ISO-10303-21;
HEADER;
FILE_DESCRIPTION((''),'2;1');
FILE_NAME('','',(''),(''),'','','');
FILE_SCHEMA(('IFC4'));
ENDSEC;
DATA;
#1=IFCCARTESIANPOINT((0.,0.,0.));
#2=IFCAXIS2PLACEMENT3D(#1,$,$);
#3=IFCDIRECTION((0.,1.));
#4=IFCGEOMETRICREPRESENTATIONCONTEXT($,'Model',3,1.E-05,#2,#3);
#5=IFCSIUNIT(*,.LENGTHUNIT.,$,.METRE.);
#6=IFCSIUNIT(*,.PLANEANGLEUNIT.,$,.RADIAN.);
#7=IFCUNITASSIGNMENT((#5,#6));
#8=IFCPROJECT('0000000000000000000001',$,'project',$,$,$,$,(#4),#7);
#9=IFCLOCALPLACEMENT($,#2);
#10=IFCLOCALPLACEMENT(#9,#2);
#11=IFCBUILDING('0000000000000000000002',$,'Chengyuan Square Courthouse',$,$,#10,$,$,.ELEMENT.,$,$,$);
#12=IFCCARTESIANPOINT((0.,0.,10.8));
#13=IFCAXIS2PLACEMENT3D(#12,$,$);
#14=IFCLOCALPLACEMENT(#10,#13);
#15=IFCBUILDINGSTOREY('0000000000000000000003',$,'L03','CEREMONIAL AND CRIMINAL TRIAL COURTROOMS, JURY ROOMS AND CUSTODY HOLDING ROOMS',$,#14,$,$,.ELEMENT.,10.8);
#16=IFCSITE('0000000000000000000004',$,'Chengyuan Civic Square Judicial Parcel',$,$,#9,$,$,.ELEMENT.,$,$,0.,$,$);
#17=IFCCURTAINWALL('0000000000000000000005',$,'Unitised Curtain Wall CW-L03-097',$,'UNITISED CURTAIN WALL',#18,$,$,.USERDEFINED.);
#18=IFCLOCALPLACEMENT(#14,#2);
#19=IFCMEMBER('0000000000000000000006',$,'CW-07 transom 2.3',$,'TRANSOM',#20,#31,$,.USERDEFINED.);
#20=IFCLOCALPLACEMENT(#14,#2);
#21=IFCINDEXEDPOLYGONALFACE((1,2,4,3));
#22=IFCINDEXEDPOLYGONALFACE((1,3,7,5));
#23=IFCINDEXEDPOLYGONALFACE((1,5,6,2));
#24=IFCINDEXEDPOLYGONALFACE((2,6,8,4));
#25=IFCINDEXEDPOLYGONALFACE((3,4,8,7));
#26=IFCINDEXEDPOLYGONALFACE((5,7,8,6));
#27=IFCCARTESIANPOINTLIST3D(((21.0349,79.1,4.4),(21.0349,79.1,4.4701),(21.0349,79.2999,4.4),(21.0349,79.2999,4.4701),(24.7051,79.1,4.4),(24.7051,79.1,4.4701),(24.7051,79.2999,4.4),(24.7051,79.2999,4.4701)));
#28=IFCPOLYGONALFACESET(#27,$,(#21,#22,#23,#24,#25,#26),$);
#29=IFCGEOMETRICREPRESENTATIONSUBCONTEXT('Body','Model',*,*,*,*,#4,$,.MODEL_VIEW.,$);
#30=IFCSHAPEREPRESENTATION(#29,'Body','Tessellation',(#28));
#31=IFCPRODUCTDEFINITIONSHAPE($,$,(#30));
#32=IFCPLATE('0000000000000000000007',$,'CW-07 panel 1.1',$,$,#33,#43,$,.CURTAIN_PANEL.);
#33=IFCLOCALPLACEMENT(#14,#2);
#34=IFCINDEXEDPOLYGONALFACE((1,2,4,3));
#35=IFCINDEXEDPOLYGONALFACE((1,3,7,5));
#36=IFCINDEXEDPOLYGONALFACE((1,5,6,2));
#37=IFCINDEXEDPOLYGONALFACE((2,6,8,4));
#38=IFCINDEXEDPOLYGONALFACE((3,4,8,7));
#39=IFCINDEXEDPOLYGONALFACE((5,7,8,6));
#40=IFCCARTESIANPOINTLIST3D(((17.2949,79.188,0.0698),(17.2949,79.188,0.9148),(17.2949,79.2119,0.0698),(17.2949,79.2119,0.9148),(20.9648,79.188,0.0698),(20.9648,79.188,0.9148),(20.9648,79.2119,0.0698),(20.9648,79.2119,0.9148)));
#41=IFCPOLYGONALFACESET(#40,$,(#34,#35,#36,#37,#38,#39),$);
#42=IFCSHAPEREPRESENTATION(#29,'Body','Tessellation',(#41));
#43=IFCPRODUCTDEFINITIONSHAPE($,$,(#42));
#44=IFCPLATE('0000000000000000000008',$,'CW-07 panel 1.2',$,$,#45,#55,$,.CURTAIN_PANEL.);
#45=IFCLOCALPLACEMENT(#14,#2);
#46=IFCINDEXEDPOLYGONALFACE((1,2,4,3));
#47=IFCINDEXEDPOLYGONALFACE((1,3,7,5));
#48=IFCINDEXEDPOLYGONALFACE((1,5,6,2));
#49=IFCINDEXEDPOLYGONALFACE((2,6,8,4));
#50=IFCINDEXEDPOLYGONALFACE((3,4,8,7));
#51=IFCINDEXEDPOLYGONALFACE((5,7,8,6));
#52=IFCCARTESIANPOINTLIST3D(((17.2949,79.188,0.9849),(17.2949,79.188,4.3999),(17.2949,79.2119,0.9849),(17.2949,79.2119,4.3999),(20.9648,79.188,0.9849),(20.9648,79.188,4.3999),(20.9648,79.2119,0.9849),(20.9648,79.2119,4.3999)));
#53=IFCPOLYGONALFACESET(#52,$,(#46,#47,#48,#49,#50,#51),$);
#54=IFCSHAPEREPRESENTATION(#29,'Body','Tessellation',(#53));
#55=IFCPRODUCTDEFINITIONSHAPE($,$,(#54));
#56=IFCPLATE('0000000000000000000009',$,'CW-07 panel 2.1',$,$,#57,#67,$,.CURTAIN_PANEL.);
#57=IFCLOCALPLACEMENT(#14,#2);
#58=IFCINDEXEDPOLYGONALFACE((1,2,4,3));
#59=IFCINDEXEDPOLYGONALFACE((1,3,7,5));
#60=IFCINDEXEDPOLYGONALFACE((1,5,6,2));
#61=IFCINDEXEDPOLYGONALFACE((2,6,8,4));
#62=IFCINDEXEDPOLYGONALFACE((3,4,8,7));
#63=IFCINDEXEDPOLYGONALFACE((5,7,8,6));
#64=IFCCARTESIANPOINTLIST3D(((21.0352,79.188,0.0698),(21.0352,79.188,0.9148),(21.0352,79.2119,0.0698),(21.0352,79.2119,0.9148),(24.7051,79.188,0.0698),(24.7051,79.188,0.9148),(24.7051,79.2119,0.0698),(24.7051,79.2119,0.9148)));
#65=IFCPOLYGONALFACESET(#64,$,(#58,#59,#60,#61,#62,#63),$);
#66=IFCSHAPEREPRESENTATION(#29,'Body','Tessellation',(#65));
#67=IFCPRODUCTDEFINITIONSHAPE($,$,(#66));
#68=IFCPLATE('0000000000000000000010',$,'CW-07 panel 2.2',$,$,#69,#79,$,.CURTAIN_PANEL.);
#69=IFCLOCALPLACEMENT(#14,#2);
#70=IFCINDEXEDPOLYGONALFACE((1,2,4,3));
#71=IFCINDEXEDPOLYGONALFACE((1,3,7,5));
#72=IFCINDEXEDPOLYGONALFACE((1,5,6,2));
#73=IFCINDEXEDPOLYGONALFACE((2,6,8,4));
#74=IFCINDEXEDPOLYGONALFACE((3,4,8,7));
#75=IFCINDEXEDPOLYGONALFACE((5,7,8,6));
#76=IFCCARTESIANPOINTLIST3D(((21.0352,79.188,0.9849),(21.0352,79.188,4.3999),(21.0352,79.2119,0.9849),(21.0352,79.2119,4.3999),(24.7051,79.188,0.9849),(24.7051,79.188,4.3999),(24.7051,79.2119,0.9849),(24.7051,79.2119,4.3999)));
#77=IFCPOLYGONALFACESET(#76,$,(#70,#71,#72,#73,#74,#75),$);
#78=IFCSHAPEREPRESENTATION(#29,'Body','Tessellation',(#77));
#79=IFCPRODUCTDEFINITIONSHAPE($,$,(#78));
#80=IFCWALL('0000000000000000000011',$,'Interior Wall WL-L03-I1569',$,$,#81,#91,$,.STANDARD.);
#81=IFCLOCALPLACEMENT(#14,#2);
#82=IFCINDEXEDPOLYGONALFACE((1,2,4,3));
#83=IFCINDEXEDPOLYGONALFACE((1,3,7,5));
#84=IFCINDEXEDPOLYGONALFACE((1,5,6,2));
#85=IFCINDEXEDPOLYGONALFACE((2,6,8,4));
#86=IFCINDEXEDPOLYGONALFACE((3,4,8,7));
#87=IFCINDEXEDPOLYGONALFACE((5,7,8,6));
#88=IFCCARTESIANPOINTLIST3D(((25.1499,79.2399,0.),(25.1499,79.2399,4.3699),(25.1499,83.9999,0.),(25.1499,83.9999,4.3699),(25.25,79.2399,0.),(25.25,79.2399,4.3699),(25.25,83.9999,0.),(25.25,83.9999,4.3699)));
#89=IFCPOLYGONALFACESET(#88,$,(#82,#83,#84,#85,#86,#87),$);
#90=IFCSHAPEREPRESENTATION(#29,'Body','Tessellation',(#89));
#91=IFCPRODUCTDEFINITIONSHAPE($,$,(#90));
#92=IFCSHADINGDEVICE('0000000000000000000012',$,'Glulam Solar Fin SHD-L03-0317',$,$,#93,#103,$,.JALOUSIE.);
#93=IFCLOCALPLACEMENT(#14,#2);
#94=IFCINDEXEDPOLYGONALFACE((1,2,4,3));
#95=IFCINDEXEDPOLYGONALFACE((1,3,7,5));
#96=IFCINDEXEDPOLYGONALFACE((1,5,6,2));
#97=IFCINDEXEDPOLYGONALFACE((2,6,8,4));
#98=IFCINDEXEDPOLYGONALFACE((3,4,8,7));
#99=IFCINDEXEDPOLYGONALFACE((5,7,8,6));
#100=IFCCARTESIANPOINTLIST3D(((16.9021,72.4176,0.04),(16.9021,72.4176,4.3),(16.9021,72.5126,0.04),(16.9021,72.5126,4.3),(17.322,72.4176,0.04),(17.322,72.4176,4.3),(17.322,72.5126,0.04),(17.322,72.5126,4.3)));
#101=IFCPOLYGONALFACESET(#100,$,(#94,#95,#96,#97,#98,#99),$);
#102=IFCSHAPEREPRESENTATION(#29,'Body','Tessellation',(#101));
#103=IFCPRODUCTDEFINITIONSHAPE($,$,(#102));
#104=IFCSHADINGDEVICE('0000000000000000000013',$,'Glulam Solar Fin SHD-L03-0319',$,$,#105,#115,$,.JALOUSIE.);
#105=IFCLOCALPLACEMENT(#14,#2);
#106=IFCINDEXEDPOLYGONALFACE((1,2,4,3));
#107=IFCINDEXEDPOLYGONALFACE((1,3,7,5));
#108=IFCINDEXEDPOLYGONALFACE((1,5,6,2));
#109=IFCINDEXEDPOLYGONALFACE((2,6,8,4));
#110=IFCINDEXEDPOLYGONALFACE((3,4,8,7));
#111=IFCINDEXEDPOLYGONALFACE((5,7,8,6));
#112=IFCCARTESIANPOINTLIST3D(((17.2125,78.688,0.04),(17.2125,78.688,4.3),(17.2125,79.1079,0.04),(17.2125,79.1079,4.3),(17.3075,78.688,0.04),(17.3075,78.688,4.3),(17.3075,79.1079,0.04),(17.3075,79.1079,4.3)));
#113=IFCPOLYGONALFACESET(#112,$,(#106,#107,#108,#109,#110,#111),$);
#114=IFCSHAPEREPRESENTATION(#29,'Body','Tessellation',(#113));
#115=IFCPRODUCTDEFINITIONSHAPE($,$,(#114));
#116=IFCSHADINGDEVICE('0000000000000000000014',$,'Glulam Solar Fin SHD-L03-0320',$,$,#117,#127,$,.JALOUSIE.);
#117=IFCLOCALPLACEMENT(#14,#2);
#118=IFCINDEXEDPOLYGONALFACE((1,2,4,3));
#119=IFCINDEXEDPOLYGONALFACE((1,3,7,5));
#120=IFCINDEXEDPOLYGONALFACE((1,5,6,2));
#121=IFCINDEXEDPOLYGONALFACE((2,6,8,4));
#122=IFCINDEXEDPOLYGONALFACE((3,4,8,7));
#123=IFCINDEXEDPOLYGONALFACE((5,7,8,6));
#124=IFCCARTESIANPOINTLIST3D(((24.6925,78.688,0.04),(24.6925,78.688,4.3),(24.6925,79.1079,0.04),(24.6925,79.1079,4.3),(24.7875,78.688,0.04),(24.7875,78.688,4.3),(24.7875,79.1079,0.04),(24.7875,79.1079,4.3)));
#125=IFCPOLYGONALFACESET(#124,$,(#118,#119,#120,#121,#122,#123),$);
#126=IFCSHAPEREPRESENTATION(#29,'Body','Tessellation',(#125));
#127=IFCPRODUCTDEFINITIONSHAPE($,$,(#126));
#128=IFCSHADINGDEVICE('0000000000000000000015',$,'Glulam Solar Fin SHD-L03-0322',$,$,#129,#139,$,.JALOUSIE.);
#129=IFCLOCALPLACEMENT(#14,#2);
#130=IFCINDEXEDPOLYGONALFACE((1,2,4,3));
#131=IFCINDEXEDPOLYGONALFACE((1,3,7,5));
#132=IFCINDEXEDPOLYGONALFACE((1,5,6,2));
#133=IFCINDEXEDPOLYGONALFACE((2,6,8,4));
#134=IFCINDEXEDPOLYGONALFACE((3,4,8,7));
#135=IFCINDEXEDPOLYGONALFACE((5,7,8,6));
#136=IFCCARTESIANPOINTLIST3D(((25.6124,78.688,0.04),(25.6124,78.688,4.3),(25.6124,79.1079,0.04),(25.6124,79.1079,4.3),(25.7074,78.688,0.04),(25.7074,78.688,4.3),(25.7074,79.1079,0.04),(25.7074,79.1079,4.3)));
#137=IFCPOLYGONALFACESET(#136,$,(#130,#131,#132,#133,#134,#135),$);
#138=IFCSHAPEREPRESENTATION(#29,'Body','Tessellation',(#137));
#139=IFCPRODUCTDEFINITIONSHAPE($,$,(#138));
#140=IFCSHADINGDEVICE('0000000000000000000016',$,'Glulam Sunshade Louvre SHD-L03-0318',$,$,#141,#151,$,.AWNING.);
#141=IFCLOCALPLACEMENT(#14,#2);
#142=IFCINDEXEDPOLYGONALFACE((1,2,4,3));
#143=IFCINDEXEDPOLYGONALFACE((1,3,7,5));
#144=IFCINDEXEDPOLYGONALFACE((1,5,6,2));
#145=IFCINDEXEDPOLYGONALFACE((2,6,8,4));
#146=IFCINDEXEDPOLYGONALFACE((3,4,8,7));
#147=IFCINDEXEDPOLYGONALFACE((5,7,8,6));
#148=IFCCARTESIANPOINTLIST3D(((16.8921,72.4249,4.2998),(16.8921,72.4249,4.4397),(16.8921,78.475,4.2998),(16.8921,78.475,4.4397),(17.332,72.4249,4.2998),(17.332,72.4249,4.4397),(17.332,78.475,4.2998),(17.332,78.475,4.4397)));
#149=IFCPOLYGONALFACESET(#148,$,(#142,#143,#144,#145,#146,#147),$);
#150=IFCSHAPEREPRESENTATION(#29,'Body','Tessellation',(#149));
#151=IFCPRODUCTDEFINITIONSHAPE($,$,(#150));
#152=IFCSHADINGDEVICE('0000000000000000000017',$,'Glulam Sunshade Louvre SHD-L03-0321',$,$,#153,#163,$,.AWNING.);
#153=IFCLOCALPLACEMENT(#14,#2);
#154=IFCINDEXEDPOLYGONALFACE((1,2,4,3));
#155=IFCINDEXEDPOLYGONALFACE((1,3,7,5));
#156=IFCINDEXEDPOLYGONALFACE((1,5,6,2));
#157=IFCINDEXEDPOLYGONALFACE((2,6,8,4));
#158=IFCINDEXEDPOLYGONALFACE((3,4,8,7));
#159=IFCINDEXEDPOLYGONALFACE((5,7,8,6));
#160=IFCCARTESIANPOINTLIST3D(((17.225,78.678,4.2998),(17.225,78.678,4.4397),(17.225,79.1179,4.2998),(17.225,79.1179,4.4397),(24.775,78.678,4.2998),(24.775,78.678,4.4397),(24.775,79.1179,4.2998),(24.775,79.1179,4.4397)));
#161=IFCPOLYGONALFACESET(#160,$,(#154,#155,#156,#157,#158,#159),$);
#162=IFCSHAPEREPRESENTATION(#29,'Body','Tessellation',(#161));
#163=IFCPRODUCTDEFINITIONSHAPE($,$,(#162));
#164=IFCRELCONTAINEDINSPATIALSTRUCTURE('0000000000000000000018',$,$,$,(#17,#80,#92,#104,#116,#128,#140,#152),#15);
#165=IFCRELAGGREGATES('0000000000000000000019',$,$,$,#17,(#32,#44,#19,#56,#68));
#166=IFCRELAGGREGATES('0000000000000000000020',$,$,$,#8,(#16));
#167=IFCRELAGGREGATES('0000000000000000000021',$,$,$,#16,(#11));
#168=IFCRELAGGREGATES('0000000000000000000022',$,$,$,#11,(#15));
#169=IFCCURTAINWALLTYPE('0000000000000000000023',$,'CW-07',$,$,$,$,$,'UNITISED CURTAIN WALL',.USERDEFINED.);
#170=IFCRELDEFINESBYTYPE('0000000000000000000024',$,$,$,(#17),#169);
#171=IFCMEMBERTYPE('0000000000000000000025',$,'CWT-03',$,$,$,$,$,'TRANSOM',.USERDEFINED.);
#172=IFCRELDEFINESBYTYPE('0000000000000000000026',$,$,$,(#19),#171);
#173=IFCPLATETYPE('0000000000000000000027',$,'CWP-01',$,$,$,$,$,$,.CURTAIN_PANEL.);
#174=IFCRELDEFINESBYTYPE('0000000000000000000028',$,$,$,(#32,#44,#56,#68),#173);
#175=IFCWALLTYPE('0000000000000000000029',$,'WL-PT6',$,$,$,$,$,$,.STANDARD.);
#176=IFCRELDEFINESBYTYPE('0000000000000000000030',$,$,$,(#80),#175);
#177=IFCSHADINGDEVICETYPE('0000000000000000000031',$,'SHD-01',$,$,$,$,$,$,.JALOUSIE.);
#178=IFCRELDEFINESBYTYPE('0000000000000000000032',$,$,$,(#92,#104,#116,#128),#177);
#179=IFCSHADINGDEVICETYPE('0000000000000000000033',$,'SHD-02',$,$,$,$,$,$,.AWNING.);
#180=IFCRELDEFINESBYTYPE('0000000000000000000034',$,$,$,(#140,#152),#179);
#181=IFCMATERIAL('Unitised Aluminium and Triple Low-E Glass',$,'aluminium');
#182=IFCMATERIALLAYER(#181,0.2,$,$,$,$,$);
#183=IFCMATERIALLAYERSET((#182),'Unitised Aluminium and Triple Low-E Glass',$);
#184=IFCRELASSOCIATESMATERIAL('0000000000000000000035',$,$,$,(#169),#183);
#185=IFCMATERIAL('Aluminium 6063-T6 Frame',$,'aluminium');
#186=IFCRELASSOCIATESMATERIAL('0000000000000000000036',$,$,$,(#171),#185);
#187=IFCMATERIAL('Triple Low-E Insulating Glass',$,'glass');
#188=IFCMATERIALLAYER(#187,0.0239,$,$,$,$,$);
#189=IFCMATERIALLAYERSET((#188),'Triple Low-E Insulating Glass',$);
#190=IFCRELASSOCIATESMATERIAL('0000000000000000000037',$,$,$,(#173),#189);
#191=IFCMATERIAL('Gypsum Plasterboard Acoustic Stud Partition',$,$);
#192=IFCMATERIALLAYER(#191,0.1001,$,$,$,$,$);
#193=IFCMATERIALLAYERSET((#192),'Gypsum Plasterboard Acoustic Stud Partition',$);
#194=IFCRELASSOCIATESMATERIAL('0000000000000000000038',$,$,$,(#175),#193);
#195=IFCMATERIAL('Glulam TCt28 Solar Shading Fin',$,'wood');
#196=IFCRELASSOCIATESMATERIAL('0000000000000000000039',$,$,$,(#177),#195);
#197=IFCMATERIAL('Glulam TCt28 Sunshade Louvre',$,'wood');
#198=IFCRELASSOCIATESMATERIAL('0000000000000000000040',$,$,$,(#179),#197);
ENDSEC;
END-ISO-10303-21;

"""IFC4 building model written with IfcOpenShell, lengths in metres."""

from ifc_helpers import new_model, si_unit, direction, frame, frame_2d, origin, origin_2d, place, context, subcontext, project, spatial, rectangle, extrude, material, layer, layer_set, material_profile, profile_set, type_object, element, aggregate, save


model = new_model("IFC4")

# Units and contexts
model_context = context("Model", 3, precision=1e-05, world=origin(), true_north=direction((0.0, 1.0)))
body_context = subcontext(model_context, "Body", "Model", "MODEL_VIEW")
ifc_project = project(units=[si_unit("LENGTHUNIT", "METRE"), si_unit("PLANEANGLEUNIT", "RADIAN")], contexts=[model_context])

# Site, building, storey
site_placement = place(None, origin())
site = spatial("IfcSite", under=ifc_project, at=site_placement, Name="Chengyuan Civic Square Judicial Parcel", CompositionType="ELEMENT", RefElevation=0.0)
building_placement = place(site_placement, origin())
building = spatial("IfcBuilding", under=site, at=building_placement, Name="Chengyuan Square Courthouse", CompositionType="ELEMENT")
storey_placement = place(building_placement, frame((0.0, 0.0, 10.8)))
storey = spatial("IfcBuildingStorey", under=building, at=storey_placement, Name="L03", Description="CEREMONIAL AND CRIMINAL TRIAL COURTROOMS, JURY ROOMS AND CUSTODY HOLDING ROOMS", CompositionType="ELEMENT", Elevation=10.8)

# Curtain wall
ifc_material_1 = material(Name="Unitised Aluminium and Triple Low-E Glass", Category="aluminium")
ifc_layer_1 = layer(ifc_material_1, 0.2)
ifc_layer_set_1 = layer_set([ifc_layer_1], Name="Unitised Aluminium and Triple Low-E Glass")
curtain_wall_type = type_object("IfcCurtainWallType", Name="CW-07", ElementType="UNITISED CURTAIN WALL", PredefinedType="USERDEFINED", material=ifc_layer_set_1)
curtain_wall_1_placement = place(storey_placement, origin())
curtain_wall_1 = element("IfcCurtainWall", 1, at=curtain_wall_1_placement, inside=storey, type_object=curtain_wall_type, Name="Unitised Curtain Wall CW-L03-097", ObjectType="UNITISED CURTAIN WALL", PredefinedType="USERDEFINED")
ifc_material_2 = material(Name="Aluminium 6063-T6 Frame", Category="aluminium")

# Member
ifc_material_profile_1 = material_profile(ifc_material_2, rectangle(XDim=0.2, YDim=0.0701, at=origin_2d()), Name="CW-TRN-70x160")
ifc_profile_set_1 = profile_set([ifc_material_profile_1], Name="Aluminium 6063-T6 Frame")
member_type_1 = type_object("IfcMemberType", Name="CWT-03", ElementType="TRANSOM", PredefinedType="USERDEFINED", material=ifc_profile_set_1)
member_1_placement = place(storey_placement, frame((21.0349, 79.2, 4.4351), z_axis=(1.0, 0.0, 0.0), x_axis=(0.0, 1.0, 0.0)))
member_1 = element("IfcMember", 2, at=member_1_placement, type_object=member_type_1, Name="CW-07 transom 2.3", ObjectType="TRANSOM", PredefinedType="USERDEFINED", context=body_context, shape_type="SweptSolid", body=[
    extrude(rectangle(XDim=0.2, YDim=0.0701, at=origin_2d()), origin(), (0.0, 0.0, 1.0), 3.6702),
])

# Plates
ifc_material_3 = material(Name="Triple Low-E Insulating Glass", Category="glass")
ifc_layer_2 = layer(ifc_material_3, 0.0239)
ifc_layer_set_2 = layer_set([ifc_layer_2], Name="Triple Low-E Insulating Glass")
plate_type = type_object("IfcPlateType", Name="CWP-01", PredefinedType="CURTAIN_PANEL", material=ifc_layer_set_2)
plate_1_placement = place(storey_placement, frame((19.1299, 79.2, 0.0698), z_axis=(0.0, 0.0, 1.0), x_axis=(1.0, 0.0, 0.0)))
plate_1 = element("IfcPlate", 3, at=plate_1_placement, type_object=plate_type, Name="CW-07 panel 1.1", PredefinedType="CURTAIN_PANEL", context=body_context, shape_type="SweptSolid", body=[
    extrude(rectangle(XDim=3.6699, YDim=0.0239, at=origin_2d()), origin(), (0.0, 0.0, 1.0), 0.845),
])
plate_2_placement = place(storey_placement, frame((19.1299, 79.2, 0.9849), z_axis=(0.0, 0.0, 1.0), x_axis=(1.0, 0.0, 0.0)))
plate_2 = element("IfcPlate", 4, at=plate_2_placement, type_object=plate_type, Name="CW-07 panel 1.2", PredefinedType="CURTAIN_PANEL", context=body_context, shape_type="SweptSolid", body=[
    extrude(rectangle(XDim=3.6699, YDim=0.0239, at=origin_2d()), origin(), (0.0, 0.0, 1.0), 3.415),
])
plate_3_placement = place(storey_placement, frame((22.8701, 79.2, 0.0698), z_axis=(0.0, 0.0, 1.0), x_axis=(1.0, 0.0, 0.0)))
plate_3 = element("IfcPlate", 5, at=plate_3_placement, type_object=plate_type, Name="CW-07 panel 2.1", PredefinedType="CURTAIN_PANEL", context=body_context, shape_type="SweptSolid", body=[
    extrude(rectangle(XDim=3.6699, YDim=0.0239, at=origin_2d()), origin(), (0.0, 0.0, 1.0), 0.845),
])
plate_4_placement = place(storey_placement, frame((22.8701, 79.2, 0.9849), z_axis=(0.0, 0.0, 1.0), x_axis=(1.0, 0.0, 0.0)))
plate_4 = element("IfcPlate", 6, at=plate_4_placement, type_object=plate_type, Name="CW-07 panel 2.2", PredefinedType="CURTAIN_PANEL", context=body_context, shape_type="SweptSolid", body=[
    extrude(rectangle(XDim=3.6699, YDim=0.0239, at=origin_2d()), origin(), (0.0, 0.0, 1.0), 3.415),
])
aggregate(curtain_wall_1, [plate_1, plate_2, member_1, plate_3, plate_4])

# Wall
ifc_material_4 = material(Name="Gypsum Plasterboard Acoustic Stud Partition")
ifc_layer_3 = layer(ifc_material_4, 0.1001)
ifc_layer_set_3 = layer_set([ifc_layer_3], Name="Gypsum Plasterboard Acoustic Stud Partition")
wall_type = type_object("IfcWallType", Name="WL-PT6", PredefinedType="STANDARD", material=ifc_layer_set_3)
wall_placement = place(storey_placement, frame((25.2, 79.24, 0.0), z_axis=(0.0, 0.0, 1.0), x_axis=(0.0, 1.0, 0.0)))
element("IfcWall", 7, at=wall_placement, inside=storey, type_object=wall_type, Name="Interior Wall WL-L03-I1569", PredefinedType="STANDARD", context=body_context, shape_type="SweptSolid", body=[
    extrude(rectangle(XDim=4.76, YDim=0.1001, at=frame_2d((2.3799, 0.0))), origin(), (0.0, 0.0, 1.0), 4.3699),
])

# Shading devices
ifc_material_5 = material(Name="Glulam TCt28 Solar Shading Fin", Category="wood")
shading_device_type_1 = type_object("IfcShadingDeviceType", Name="SHD-01", PredefinedType="JALOUSIE", material=ifc_material_5)
for number, where, z_axis, x_axis, name in (
    (8, (17.1121, 72.4651, 0.04), (0.0, 0.0, 1.0), (1.0, 0.0, 0.0), "Glulam Solar Fin SHD-L03-0317"),
    (9, (17.26, 78.8979, 0.04), (0.0, 0.0, 1.0), (0.0, 1.0, 0.0), "Glulam Solar Fin SHD-L03-0319"),
    (10, (24.74, 78.8979, 0.04), (0.0, 0.0, 1.0), (0.0, 1.0, 0.0), "Glulam Solar Fin SHD-L03-0320"),
    (11, (25.6599, 78.8979, 0.04), (0.0, 0.0, 1.0), (0.0, 1.0, 0.0), "Glulam Solar Fin SHD-L03-0322"),
):
    element("IfcShadingDevice", number, at=place(storey_placement, frame(where, z_axis=z_axis, x_axis=x_axis)), inside=storey, type_object=shading_device_type_1, Name=name, PredefinedType="JALOUSIE", context=body_context, shape_type="SweptSolid", body=[
        extrude(rectangle(XDim=0.4199, YDim=0.095, at=origin_2d()), origin(), (0.0, 0.0, 1.0), 4.26),
    ])
ifc_material_6 = material(Name="Glulam TCt28 Sunshade Louvre", Category="wood")
shading_device_type_2 = type_object("IfcShadingDeviceType", Name="SHD-02", PredefinedType="AWNING", material=ifc_material_6)
shading_device_1_placement = place(storey_placement, frame((17.1121, 75.45, 4.2998), z_axis=(0.0, 0.0, 1.0), x_axis=(0.0, 1.0, 0.0)))
element("IfcShadingDevice", 12, at=shading_device_1_placement, inside=storey, type_object=shading_device_type_2, Name="Glulam Sunshade Louvre SHD-L03-0318", PredefinedType="AWNING", context=body_context, shape_type="SweptSolid", body=[
    extrude(rectangle(XDim=6.05, YDim=0.4399, at=origin_2d()), origin(), (0.0, 0.0, 1.0), 0.1399),
])
shading_device_2_placement = place(storey_placement, frame((21.0, 78.8979, 4.2998), z_axis=(0.0, 0.0, 1.0), x_axis=(1.0, 0.0, 0.0)))
element("IfcShadingDevice", 13, at=shading_device_2_placement, inside=storey, type_object=shading_device_type_2, Name="Glulam Sunshade Louvre SHD-L03-0321", PredefinedType="AWNING", context=body_context, shape_type="SweptSolid", body=[
    extrude(rectangle(XDim=7.55, YDim=0.4399, at=origin_2d()), origin(), (0.0, 0.0, 1.0), 0.1399),
])

save(model, "model.ifc")
